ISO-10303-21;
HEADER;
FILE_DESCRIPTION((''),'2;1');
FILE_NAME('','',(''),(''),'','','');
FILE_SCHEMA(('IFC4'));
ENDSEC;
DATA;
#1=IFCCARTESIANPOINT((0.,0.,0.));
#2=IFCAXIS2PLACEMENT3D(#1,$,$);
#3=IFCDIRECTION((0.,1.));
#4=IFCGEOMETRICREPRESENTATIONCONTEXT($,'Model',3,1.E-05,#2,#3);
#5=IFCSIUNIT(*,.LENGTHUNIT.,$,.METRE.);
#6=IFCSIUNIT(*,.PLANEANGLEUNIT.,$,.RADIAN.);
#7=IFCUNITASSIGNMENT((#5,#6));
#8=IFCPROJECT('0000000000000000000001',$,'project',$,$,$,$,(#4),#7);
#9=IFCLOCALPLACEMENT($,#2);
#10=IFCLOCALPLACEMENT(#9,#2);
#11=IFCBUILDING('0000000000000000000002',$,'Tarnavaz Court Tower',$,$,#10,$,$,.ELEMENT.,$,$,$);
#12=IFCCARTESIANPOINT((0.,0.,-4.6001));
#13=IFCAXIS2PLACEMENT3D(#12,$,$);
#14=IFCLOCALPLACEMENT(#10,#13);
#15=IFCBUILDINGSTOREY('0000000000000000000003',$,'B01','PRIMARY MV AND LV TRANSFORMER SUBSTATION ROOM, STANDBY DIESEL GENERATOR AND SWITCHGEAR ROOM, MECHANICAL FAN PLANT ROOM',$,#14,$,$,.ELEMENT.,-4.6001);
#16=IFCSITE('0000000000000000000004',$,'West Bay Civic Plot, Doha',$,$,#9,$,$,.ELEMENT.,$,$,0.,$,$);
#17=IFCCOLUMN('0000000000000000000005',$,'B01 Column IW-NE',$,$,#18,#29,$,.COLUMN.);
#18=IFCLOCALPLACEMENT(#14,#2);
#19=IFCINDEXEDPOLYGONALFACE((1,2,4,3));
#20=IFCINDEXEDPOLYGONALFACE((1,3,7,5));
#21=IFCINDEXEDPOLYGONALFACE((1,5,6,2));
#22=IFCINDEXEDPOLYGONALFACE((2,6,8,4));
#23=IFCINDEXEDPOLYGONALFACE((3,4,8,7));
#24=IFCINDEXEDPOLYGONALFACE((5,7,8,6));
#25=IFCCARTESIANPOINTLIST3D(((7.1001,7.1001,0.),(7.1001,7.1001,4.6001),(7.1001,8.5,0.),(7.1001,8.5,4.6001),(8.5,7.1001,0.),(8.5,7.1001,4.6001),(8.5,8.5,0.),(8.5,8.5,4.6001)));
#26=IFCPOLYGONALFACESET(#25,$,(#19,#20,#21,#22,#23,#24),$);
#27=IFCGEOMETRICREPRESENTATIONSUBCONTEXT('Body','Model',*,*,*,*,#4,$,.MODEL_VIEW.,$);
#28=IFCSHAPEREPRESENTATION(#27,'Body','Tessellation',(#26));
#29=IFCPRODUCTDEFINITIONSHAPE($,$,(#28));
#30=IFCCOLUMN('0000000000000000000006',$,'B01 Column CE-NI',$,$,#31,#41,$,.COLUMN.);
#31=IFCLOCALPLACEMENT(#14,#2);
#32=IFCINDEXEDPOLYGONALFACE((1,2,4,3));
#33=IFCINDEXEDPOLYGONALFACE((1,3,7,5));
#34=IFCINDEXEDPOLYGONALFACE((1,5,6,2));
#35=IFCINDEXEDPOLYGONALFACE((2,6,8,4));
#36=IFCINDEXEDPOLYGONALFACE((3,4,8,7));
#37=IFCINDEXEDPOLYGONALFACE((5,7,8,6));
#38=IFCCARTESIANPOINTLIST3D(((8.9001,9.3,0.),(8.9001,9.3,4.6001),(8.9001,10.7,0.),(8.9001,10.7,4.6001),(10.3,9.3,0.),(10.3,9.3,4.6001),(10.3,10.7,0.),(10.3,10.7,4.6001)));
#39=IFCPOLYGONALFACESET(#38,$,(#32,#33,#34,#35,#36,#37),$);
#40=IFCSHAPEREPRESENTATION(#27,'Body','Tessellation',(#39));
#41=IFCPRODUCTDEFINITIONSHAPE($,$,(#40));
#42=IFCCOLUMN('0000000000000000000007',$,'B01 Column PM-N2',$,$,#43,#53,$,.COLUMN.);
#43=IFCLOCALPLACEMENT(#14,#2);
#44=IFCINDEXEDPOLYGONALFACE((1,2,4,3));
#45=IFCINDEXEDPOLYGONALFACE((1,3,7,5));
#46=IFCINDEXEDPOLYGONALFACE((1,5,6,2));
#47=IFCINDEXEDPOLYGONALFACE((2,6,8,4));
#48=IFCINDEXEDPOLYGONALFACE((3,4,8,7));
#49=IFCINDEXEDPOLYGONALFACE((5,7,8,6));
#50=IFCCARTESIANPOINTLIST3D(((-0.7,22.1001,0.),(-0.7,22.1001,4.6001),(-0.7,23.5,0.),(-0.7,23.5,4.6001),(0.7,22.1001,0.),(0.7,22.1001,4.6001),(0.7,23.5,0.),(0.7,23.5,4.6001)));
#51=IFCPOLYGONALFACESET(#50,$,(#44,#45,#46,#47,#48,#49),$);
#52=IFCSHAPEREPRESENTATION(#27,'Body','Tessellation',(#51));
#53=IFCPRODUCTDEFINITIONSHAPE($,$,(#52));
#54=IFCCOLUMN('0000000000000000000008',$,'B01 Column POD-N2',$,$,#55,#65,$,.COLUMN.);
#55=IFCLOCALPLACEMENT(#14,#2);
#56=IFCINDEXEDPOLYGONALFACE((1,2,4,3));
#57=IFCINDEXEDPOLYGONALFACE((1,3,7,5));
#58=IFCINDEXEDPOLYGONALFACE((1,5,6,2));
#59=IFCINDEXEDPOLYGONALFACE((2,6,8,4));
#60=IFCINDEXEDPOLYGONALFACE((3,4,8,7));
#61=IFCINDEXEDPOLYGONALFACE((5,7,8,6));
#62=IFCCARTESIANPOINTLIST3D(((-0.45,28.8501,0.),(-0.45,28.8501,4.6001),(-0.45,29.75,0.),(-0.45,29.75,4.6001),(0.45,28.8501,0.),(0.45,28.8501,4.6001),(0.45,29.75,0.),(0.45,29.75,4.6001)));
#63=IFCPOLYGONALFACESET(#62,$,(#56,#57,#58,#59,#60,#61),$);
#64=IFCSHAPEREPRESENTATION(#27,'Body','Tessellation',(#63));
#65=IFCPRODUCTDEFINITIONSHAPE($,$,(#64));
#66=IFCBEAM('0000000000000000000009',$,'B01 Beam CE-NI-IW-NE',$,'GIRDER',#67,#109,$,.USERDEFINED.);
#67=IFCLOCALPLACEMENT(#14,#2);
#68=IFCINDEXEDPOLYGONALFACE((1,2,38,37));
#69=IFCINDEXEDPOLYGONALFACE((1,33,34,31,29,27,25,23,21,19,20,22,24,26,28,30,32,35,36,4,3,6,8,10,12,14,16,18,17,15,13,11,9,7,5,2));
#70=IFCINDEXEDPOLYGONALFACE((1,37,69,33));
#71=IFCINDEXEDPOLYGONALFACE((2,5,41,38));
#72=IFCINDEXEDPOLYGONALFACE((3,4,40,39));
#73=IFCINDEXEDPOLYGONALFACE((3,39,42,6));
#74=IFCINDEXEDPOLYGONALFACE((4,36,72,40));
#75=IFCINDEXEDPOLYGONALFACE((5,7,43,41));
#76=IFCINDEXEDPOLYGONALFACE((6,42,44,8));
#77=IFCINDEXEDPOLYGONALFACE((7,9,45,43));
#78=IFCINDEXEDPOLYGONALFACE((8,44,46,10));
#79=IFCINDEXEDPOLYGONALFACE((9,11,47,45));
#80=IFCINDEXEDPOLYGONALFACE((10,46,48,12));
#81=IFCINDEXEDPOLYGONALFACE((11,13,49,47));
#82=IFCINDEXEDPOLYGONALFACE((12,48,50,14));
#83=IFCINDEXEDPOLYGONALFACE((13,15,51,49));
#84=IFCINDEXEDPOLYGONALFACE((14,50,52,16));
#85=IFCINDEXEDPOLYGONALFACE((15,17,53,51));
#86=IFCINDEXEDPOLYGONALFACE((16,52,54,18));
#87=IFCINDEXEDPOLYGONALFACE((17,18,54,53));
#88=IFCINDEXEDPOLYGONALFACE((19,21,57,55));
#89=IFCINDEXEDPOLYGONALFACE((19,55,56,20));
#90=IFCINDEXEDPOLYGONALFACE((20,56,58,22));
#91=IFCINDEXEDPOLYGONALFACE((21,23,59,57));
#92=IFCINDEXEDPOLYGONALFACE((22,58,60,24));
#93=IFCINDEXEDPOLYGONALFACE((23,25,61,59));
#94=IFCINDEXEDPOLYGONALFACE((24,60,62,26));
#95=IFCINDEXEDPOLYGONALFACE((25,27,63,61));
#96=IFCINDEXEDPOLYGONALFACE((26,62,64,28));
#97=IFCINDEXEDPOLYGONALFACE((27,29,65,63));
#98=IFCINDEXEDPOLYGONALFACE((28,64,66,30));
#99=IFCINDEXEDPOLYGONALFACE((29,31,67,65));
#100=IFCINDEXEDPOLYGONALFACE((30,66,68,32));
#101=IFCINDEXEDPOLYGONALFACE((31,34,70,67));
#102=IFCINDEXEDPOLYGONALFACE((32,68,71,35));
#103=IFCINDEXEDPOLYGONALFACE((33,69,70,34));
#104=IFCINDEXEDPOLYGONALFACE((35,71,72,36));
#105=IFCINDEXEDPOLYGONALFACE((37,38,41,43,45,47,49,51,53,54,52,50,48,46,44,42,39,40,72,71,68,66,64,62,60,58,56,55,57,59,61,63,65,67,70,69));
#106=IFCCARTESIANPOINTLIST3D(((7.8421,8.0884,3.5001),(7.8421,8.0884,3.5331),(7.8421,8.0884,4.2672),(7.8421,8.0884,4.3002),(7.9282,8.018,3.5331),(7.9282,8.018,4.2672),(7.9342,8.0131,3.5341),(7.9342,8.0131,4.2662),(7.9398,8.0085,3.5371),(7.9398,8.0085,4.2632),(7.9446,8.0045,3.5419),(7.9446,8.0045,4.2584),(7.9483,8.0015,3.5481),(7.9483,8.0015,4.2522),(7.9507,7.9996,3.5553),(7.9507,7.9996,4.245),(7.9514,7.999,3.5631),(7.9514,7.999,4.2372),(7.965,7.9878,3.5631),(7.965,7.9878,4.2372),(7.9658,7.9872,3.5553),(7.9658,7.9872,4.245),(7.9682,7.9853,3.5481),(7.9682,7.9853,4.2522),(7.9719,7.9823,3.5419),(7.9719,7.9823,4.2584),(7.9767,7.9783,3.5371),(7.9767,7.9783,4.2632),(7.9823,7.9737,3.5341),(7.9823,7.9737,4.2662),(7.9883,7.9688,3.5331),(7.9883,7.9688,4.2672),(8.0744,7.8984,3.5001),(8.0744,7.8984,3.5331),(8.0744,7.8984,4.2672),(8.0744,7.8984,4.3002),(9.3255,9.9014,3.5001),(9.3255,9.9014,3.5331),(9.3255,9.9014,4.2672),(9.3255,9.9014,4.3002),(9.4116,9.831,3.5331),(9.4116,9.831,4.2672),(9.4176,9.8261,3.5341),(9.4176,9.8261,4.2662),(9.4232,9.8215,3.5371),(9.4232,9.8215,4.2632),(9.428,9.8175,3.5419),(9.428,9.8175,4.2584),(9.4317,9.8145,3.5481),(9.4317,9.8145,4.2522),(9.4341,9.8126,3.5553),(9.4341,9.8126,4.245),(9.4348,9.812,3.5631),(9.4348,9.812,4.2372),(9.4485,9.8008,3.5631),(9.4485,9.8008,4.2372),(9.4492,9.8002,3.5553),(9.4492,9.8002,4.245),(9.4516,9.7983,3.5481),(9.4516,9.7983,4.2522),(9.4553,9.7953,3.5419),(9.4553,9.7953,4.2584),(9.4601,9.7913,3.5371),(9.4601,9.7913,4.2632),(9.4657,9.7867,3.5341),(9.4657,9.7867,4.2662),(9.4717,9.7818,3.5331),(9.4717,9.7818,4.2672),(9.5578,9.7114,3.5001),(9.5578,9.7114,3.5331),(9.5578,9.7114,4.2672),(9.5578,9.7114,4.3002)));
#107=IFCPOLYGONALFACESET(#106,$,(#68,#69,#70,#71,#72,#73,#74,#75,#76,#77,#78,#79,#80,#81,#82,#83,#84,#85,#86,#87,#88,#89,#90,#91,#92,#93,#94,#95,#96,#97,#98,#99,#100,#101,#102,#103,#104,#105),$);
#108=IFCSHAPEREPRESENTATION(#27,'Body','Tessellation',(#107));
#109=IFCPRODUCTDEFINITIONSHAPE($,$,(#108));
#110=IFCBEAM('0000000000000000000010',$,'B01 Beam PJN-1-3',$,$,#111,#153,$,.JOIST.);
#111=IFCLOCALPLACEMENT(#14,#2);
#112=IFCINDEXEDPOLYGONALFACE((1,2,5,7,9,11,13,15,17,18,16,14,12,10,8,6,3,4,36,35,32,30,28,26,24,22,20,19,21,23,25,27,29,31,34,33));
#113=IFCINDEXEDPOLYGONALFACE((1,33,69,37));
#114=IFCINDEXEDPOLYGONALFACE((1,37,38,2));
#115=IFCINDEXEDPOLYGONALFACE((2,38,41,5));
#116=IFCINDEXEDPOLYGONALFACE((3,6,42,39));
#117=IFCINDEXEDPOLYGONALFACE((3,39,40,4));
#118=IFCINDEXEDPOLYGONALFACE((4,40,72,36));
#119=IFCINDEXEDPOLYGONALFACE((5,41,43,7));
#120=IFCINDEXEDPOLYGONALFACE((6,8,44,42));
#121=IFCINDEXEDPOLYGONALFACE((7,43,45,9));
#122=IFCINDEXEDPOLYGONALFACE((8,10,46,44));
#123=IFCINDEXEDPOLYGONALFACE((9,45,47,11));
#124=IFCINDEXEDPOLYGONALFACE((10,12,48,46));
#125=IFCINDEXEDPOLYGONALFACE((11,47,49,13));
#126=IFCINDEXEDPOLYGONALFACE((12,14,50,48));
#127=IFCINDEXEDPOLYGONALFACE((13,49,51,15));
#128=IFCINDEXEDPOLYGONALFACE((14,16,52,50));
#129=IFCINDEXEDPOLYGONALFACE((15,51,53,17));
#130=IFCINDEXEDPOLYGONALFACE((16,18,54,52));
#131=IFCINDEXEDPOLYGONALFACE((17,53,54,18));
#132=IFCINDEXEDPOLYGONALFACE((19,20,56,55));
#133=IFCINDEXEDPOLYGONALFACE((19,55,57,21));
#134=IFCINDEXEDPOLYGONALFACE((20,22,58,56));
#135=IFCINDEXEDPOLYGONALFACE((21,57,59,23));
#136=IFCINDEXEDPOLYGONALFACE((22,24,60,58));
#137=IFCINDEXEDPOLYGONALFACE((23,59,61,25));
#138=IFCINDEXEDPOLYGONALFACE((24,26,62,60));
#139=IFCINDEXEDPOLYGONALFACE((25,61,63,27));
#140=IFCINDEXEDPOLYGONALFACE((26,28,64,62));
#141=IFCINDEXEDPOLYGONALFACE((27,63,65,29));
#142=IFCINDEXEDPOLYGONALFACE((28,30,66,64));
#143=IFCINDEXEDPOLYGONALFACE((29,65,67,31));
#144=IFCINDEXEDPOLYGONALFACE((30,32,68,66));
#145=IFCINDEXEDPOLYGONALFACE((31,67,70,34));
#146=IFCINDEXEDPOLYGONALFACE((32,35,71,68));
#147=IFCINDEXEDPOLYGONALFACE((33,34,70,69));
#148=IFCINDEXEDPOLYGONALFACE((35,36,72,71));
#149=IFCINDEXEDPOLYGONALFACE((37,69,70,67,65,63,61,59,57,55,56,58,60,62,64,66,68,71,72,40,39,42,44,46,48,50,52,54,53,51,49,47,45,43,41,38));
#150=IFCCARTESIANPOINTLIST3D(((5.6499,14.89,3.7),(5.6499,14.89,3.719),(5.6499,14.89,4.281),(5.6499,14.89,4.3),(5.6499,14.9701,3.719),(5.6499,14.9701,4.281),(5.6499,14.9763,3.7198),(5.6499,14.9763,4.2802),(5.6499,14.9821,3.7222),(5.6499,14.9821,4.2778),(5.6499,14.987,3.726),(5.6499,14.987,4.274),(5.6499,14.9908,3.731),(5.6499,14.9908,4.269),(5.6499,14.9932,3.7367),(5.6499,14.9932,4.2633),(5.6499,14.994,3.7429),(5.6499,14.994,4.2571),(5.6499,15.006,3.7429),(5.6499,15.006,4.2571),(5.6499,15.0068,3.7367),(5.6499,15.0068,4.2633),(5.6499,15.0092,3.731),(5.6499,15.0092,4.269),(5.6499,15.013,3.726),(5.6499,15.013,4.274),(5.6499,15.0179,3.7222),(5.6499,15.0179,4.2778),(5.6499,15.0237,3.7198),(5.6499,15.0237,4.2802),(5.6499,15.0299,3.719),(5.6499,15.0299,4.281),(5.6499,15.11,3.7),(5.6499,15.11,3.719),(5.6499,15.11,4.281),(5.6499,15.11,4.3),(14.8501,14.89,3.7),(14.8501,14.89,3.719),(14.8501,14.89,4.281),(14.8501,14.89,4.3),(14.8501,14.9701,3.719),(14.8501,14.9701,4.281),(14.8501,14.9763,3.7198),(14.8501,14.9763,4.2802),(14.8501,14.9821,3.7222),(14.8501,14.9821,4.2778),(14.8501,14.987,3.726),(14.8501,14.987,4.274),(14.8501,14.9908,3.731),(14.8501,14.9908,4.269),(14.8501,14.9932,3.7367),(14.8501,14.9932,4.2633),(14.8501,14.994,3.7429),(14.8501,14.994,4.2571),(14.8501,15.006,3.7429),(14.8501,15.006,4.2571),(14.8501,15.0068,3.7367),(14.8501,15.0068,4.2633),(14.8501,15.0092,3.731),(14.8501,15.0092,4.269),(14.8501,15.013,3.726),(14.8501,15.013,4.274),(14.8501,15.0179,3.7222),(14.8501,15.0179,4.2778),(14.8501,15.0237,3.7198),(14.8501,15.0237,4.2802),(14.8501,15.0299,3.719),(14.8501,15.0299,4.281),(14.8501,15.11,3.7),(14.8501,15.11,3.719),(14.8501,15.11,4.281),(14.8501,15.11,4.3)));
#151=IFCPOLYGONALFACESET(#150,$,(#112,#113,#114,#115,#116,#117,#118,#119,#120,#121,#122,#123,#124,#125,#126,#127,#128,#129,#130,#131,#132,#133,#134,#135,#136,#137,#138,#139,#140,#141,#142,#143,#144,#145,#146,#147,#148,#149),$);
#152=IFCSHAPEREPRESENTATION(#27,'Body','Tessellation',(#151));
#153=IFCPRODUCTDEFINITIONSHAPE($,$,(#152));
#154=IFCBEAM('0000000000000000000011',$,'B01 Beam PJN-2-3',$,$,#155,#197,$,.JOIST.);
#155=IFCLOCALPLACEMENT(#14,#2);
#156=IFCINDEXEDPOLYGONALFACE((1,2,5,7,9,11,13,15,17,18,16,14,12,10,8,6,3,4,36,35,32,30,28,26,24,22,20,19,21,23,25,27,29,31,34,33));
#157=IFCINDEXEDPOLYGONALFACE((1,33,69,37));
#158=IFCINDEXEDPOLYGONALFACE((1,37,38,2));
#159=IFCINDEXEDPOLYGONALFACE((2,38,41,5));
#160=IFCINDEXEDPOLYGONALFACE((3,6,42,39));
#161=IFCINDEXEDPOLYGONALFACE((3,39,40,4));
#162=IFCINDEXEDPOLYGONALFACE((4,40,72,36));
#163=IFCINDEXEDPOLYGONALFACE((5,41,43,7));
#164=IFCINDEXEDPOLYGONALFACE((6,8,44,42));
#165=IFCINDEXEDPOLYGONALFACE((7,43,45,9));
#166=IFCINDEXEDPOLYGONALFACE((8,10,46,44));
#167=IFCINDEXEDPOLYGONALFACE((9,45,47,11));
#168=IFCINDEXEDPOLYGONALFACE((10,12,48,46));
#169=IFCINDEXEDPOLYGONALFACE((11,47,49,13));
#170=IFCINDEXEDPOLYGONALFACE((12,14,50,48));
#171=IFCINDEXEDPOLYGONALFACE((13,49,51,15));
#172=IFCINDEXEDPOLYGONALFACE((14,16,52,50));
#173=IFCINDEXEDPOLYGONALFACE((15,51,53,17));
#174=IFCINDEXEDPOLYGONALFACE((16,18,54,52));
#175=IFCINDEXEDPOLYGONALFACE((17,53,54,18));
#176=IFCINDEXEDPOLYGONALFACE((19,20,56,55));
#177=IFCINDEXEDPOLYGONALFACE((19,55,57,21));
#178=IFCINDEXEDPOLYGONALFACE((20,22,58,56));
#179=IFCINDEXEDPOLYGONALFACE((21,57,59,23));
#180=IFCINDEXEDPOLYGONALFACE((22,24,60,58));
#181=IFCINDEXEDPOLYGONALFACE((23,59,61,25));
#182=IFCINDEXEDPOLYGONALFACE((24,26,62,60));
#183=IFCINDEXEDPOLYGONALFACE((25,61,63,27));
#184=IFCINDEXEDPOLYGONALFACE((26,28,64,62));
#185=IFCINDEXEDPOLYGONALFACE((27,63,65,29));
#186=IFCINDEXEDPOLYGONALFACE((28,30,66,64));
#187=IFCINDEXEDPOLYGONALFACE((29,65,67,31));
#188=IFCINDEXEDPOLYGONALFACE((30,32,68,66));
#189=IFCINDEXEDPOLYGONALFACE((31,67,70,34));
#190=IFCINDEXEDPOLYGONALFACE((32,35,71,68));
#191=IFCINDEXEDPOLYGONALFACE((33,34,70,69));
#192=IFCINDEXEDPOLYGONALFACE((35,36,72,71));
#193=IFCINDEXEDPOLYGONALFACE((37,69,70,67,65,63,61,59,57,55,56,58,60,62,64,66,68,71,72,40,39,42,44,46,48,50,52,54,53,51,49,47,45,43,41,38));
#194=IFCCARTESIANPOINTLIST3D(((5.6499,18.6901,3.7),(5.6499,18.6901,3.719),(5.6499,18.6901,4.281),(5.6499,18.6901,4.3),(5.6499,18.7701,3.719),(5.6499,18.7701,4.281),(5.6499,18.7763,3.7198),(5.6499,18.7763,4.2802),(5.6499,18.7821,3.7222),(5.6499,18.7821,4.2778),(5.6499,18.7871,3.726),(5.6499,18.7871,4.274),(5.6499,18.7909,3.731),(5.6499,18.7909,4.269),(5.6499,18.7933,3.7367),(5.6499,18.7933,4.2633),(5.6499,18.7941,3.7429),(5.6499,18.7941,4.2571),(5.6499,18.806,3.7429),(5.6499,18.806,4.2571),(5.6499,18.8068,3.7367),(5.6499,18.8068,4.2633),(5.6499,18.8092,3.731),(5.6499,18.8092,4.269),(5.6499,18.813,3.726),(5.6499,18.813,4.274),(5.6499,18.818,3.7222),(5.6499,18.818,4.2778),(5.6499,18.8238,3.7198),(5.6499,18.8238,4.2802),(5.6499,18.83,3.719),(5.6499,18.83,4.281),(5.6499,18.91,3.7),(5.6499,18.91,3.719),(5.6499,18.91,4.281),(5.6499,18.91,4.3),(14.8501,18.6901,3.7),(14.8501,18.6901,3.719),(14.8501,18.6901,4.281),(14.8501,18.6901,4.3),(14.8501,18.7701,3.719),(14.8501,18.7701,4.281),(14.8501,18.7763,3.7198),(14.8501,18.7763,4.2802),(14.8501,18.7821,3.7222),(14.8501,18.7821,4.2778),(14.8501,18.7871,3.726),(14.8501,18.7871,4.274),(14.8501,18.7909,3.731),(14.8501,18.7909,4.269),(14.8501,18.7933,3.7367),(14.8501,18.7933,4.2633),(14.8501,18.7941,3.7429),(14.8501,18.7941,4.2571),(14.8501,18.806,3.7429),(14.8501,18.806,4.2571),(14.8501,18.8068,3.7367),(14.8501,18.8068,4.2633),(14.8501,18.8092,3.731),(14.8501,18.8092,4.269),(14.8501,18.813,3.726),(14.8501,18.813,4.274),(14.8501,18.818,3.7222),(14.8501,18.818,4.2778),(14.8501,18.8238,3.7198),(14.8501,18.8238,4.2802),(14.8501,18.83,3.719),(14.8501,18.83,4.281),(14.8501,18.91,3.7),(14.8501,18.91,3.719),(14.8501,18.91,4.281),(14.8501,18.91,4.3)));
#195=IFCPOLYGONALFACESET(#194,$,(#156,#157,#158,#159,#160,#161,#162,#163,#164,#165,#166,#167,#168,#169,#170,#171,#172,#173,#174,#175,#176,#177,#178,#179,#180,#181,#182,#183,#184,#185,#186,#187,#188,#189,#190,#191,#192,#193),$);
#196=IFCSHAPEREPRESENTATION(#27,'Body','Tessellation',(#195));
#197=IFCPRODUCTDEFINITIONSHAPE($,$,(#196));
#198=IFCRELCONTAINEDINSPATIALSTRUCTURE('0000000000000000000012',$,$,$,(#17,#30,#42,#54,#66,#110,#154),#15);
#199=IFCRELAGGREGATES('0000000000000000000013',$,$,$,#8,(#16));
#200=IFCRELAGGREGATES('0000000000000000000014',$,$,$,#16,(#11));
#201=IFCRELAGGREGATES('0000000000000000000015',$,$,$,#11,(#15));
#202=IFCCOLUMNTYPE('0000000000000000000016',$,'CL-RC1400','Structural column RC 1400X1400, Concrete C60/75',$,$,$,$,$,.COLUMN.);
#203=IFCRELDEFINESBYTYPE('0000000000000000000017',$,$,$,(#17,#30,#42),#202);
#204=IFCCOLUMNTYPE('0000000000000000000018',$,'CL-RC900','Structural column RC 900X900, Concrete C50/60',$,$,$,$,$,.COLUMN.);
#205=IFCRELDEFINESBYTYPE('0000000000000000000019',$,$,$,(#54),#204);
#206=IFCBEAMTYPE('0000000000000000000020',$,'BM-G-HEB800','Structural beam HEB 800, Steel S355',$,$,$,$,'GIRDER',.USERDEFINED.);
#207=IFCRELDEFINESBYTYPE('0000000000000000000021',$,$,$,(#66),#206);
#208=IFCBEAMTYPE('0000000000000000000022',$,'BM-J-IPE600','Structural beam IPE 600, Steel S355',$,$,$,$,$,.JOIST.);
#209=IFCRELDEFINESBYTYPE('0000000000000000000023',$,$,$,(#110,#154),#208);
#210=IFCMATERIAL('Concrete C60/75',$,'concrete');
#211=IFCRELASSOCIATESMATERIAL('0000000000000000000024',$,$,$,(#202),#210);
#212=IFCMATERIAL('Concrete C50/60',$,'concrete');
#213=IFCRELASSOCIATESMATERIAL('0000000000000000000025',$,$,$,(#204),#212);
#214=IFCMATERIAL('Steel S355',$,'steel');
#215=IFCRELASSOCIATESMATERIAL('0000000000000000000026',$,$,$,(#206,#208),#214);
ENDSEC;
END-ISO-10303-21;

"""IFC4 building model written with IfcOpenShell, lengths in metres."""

from ifc_helpers import new_model, si_unit, direction, frame, origin, origin_2d, place, context, subcontext, project, spatial, rectangle, i_section, extrude, material, material_profile, profile_set, type_object, element, save


model = new_model("IFC4")

# Units and contexts
model_context = context("Model", 3, precision=1e-05, world=origin(), true_north=direction((0.0, 1.0)))
body_context = subcontext(model_context, "Body", "Model", "MODEL_VIEW")
ifc_project = project(units=[si_unit("LENGTHUNIT", "METRE"), si_unit("PLANEANGLEUNIT", "RADIAN")], contexts=[model_context])

# Site, building, storey
site_placement = place(None, origin())
site = spatial("IfcSite", under=ifc_project, at=site_placement, Name="West Bay Civic Plot, Doha", CompositionType="ELEMENT", RefElevation=0.0)
building_placement = place(site_placement, origin())
building = spatial("IfcBuilding", under=site, at=building_placement, Name="Tarnavaz Court Tower", CompositionType="ELEMENT")
storey_placement = place(building_placement, frame((0.0, 0.0, -4.6001)))
storey = spatial("IfcBuildingStorey", under=building, at=storey_placement, Name="B01", Description="PRIMARY MV AND LV TRANSFORMER SUBSTATION ROOM, STANDBY DIESEL GENERATOR AND SWITCHGEAR ROOM, MECHANICAL FAN PLANT ROOM", CompositionType="ELEMENT", Elevation=-4.6001)

# Columns
ifc_material_1 = material(Name="Concrete C60/75", Category="concrete")
ifc_material_profile_1 = material_profile(ifc_material_1, rectangle(XDim=1.3999, YDim=1.3999, at=origin_2d()), Name="RC 1400X1400")
ifc_profile_set_1 = profile_set([ifc_material_profile_1], Name="Concrete C60/75")
column_type_1 = type_object("IfcColumnType", Name="CL-RC1400", Description="Structural column RC 1400X1400, Concrete C60/75", PredefinedType="COLUMN", material=ifc_profile_set_1)
for number, where, z_axis, x_axis, name in (
    (1, (7.8, 7.8, 0.0), (0.0, 0.0, 1.0), (1.0, 0.0, 0.0), "B01 Column IW-NE"),
    (2, (9.6001, 10.0, 0.0), (0.0, 0.0, 1.0), (1.0, 0.0, 0.0), "B01 Column CE-NI"),
    (3, (0.0, 22.8, 0.0), (0.0, 0.0, 1.0), (1.0, 0.0, 0.0), "B01 Column PM-N2"),
):
    element("IfcColumn", number, at=place(storey_placement, frame(where, z_axis=z_axis, x_axis=x_axis)), inside=storey, type_object=column_type_1, Name=name, PredefinedType="COLUMN", context=body_context, shape_type="SweptSolid", body=[
        extrude(rectangle(XDim=1.3999, YDim=1.3999, at=origin_2d()), origin(), (0.0, 0.0, 1.0), 4.6001),
    ])
ifc_material_2 = material(Name="Concrete C50/60", Category="concrete")
ifc_material_profile_2 = material_profile(ifc_material_2, rectangle(XDim=0.8999, YDim=0.8999, at=origin_2d()), Name="RC 900X900")
ifc_profile_set_2 = profile_set([ifc_material_profile_2], Name="Concrete C50/60")
column_type_2 = type_object("IfcColumnType", Name="CL-RC900", Description="Structural column RC 900X900, Concrete C50/60", PredefinedType="COLUMN", material=ifc_profile_set_2)
column_placement = place(storey_placement, frame((0.0, 29.3, 0.0), z_axis=(0.0, 0.0, 1.0), x_axis=(1.0, 0.0, 0.0)))
element("IfcColumn", 4, at=column_placement, inside=storey, type_object=column_type_2, Name="B01 Column POD-N2", PredefinedType="COLUMN", context=body_context, shape_type="SweptSolid", body=[
    extrude(rectangle(XDim=0.8999, YDim=0.8999, at=origin_2d()), origin(), (0.0, 0.0, 1.0), 4.6001),
])

# Beams
ifc_material_3 = material(Name="Steel S355", Category="steel")
ifc_material_profile_3 = material_profile(ifc_material_3, i_section(OverallWidth=0.3, OverallDepth=0.8, WebThickness=0.0176, FlangeThickness=0.033, FilletRadius=0.03, at=origin_2d()), Name="HEB 800")
ifc_profile_set_3 = profile_set([ifc_material_profile_3], Name="Steel S355")
beam_type_1 = type_object("IfcBeamType", Name="BM-G-HEB800", Description="Structural beam HEB 800, Steel S355", ElementType="GIRDER", PredefinedType="USERDEFINED", material=ifc_profile_set_3)
beam_1_placement = place(storey_placement, frame((9.4417, 9.8064, 3.9001), z_axis=(-0.633249, -0.773948, 0.0), x_axis=(0.773948, -0.633249, 0.0)))
element("IfcBeam", 5, at=beam_1_placement, inside=storey, type_object=beam_type_1, Name="B01 Beam CE-NI-IW-NE", ObjectType="GIRDER", PredefinedType="USERDEFINED", context=body_context, shape_type="SweptSolid", body=[
    extrude(i_section(OverallWidth=0.3, OverallDepth=0.8, WebThickness=0.0176, FlangeThickness=0.033, FilletRadius=0.03, at=origin_2d()), origin(), (0.0, 0.0, 1.0), 2.3425),
])
ifc_material_profile_4 = material_profile(ifc_material_3, i_section(OverallWidth=0.22, OverallDepth=0.6001, WebThickness=0.012, FlangeThickness=0.019, FilletRadius=0.0239, at=origin_2d()), Name="IPE 600")
ifc_profile_set_4 = profile_set([ifc_material_profile_4], Name="Steel S355")
beam_type_2 = type_object("IfcBeamType", Name="BM-J-IPE600", Description="Structural beam IPE 600, Steel S355", PredefinedType="JOIST", material=ifc_profile_set_4)
for number, where, z_axis, x_axis, name in (
    (6, (5.6499, 15.0, 4.0), (1.0, 0.0, 0.0), (0.0, 1.0, 0.0), "B01 Beam PJN-1-3"),
    (7, (5.6499, 18.8, 4.0), (1.0, 0.0, 0.0), (0.0, 1.0, 0.0), "B01 Beam PJN-2-3"),
):
    element("IfcBeam", number, at=place(storey_placement, frame(where, z_axis=z_axis, x_axis=x_axis)), inside=storey, type_object=beam_type_2, Name=name, PredefinedType="JOIST", context=body_context, shape_type="SweptSolid", body=[
        extrude(i_section(OverallWidth=0.22, OverallDepth=0.6001, WebThickness=0.012, FlangeThickness=0.019, FilletRadius=0.0239, at=origin_2d()), origin(), (0.0, 0.0, 1.0), 9.2002),
    ])

save(model, "model.ifc")
